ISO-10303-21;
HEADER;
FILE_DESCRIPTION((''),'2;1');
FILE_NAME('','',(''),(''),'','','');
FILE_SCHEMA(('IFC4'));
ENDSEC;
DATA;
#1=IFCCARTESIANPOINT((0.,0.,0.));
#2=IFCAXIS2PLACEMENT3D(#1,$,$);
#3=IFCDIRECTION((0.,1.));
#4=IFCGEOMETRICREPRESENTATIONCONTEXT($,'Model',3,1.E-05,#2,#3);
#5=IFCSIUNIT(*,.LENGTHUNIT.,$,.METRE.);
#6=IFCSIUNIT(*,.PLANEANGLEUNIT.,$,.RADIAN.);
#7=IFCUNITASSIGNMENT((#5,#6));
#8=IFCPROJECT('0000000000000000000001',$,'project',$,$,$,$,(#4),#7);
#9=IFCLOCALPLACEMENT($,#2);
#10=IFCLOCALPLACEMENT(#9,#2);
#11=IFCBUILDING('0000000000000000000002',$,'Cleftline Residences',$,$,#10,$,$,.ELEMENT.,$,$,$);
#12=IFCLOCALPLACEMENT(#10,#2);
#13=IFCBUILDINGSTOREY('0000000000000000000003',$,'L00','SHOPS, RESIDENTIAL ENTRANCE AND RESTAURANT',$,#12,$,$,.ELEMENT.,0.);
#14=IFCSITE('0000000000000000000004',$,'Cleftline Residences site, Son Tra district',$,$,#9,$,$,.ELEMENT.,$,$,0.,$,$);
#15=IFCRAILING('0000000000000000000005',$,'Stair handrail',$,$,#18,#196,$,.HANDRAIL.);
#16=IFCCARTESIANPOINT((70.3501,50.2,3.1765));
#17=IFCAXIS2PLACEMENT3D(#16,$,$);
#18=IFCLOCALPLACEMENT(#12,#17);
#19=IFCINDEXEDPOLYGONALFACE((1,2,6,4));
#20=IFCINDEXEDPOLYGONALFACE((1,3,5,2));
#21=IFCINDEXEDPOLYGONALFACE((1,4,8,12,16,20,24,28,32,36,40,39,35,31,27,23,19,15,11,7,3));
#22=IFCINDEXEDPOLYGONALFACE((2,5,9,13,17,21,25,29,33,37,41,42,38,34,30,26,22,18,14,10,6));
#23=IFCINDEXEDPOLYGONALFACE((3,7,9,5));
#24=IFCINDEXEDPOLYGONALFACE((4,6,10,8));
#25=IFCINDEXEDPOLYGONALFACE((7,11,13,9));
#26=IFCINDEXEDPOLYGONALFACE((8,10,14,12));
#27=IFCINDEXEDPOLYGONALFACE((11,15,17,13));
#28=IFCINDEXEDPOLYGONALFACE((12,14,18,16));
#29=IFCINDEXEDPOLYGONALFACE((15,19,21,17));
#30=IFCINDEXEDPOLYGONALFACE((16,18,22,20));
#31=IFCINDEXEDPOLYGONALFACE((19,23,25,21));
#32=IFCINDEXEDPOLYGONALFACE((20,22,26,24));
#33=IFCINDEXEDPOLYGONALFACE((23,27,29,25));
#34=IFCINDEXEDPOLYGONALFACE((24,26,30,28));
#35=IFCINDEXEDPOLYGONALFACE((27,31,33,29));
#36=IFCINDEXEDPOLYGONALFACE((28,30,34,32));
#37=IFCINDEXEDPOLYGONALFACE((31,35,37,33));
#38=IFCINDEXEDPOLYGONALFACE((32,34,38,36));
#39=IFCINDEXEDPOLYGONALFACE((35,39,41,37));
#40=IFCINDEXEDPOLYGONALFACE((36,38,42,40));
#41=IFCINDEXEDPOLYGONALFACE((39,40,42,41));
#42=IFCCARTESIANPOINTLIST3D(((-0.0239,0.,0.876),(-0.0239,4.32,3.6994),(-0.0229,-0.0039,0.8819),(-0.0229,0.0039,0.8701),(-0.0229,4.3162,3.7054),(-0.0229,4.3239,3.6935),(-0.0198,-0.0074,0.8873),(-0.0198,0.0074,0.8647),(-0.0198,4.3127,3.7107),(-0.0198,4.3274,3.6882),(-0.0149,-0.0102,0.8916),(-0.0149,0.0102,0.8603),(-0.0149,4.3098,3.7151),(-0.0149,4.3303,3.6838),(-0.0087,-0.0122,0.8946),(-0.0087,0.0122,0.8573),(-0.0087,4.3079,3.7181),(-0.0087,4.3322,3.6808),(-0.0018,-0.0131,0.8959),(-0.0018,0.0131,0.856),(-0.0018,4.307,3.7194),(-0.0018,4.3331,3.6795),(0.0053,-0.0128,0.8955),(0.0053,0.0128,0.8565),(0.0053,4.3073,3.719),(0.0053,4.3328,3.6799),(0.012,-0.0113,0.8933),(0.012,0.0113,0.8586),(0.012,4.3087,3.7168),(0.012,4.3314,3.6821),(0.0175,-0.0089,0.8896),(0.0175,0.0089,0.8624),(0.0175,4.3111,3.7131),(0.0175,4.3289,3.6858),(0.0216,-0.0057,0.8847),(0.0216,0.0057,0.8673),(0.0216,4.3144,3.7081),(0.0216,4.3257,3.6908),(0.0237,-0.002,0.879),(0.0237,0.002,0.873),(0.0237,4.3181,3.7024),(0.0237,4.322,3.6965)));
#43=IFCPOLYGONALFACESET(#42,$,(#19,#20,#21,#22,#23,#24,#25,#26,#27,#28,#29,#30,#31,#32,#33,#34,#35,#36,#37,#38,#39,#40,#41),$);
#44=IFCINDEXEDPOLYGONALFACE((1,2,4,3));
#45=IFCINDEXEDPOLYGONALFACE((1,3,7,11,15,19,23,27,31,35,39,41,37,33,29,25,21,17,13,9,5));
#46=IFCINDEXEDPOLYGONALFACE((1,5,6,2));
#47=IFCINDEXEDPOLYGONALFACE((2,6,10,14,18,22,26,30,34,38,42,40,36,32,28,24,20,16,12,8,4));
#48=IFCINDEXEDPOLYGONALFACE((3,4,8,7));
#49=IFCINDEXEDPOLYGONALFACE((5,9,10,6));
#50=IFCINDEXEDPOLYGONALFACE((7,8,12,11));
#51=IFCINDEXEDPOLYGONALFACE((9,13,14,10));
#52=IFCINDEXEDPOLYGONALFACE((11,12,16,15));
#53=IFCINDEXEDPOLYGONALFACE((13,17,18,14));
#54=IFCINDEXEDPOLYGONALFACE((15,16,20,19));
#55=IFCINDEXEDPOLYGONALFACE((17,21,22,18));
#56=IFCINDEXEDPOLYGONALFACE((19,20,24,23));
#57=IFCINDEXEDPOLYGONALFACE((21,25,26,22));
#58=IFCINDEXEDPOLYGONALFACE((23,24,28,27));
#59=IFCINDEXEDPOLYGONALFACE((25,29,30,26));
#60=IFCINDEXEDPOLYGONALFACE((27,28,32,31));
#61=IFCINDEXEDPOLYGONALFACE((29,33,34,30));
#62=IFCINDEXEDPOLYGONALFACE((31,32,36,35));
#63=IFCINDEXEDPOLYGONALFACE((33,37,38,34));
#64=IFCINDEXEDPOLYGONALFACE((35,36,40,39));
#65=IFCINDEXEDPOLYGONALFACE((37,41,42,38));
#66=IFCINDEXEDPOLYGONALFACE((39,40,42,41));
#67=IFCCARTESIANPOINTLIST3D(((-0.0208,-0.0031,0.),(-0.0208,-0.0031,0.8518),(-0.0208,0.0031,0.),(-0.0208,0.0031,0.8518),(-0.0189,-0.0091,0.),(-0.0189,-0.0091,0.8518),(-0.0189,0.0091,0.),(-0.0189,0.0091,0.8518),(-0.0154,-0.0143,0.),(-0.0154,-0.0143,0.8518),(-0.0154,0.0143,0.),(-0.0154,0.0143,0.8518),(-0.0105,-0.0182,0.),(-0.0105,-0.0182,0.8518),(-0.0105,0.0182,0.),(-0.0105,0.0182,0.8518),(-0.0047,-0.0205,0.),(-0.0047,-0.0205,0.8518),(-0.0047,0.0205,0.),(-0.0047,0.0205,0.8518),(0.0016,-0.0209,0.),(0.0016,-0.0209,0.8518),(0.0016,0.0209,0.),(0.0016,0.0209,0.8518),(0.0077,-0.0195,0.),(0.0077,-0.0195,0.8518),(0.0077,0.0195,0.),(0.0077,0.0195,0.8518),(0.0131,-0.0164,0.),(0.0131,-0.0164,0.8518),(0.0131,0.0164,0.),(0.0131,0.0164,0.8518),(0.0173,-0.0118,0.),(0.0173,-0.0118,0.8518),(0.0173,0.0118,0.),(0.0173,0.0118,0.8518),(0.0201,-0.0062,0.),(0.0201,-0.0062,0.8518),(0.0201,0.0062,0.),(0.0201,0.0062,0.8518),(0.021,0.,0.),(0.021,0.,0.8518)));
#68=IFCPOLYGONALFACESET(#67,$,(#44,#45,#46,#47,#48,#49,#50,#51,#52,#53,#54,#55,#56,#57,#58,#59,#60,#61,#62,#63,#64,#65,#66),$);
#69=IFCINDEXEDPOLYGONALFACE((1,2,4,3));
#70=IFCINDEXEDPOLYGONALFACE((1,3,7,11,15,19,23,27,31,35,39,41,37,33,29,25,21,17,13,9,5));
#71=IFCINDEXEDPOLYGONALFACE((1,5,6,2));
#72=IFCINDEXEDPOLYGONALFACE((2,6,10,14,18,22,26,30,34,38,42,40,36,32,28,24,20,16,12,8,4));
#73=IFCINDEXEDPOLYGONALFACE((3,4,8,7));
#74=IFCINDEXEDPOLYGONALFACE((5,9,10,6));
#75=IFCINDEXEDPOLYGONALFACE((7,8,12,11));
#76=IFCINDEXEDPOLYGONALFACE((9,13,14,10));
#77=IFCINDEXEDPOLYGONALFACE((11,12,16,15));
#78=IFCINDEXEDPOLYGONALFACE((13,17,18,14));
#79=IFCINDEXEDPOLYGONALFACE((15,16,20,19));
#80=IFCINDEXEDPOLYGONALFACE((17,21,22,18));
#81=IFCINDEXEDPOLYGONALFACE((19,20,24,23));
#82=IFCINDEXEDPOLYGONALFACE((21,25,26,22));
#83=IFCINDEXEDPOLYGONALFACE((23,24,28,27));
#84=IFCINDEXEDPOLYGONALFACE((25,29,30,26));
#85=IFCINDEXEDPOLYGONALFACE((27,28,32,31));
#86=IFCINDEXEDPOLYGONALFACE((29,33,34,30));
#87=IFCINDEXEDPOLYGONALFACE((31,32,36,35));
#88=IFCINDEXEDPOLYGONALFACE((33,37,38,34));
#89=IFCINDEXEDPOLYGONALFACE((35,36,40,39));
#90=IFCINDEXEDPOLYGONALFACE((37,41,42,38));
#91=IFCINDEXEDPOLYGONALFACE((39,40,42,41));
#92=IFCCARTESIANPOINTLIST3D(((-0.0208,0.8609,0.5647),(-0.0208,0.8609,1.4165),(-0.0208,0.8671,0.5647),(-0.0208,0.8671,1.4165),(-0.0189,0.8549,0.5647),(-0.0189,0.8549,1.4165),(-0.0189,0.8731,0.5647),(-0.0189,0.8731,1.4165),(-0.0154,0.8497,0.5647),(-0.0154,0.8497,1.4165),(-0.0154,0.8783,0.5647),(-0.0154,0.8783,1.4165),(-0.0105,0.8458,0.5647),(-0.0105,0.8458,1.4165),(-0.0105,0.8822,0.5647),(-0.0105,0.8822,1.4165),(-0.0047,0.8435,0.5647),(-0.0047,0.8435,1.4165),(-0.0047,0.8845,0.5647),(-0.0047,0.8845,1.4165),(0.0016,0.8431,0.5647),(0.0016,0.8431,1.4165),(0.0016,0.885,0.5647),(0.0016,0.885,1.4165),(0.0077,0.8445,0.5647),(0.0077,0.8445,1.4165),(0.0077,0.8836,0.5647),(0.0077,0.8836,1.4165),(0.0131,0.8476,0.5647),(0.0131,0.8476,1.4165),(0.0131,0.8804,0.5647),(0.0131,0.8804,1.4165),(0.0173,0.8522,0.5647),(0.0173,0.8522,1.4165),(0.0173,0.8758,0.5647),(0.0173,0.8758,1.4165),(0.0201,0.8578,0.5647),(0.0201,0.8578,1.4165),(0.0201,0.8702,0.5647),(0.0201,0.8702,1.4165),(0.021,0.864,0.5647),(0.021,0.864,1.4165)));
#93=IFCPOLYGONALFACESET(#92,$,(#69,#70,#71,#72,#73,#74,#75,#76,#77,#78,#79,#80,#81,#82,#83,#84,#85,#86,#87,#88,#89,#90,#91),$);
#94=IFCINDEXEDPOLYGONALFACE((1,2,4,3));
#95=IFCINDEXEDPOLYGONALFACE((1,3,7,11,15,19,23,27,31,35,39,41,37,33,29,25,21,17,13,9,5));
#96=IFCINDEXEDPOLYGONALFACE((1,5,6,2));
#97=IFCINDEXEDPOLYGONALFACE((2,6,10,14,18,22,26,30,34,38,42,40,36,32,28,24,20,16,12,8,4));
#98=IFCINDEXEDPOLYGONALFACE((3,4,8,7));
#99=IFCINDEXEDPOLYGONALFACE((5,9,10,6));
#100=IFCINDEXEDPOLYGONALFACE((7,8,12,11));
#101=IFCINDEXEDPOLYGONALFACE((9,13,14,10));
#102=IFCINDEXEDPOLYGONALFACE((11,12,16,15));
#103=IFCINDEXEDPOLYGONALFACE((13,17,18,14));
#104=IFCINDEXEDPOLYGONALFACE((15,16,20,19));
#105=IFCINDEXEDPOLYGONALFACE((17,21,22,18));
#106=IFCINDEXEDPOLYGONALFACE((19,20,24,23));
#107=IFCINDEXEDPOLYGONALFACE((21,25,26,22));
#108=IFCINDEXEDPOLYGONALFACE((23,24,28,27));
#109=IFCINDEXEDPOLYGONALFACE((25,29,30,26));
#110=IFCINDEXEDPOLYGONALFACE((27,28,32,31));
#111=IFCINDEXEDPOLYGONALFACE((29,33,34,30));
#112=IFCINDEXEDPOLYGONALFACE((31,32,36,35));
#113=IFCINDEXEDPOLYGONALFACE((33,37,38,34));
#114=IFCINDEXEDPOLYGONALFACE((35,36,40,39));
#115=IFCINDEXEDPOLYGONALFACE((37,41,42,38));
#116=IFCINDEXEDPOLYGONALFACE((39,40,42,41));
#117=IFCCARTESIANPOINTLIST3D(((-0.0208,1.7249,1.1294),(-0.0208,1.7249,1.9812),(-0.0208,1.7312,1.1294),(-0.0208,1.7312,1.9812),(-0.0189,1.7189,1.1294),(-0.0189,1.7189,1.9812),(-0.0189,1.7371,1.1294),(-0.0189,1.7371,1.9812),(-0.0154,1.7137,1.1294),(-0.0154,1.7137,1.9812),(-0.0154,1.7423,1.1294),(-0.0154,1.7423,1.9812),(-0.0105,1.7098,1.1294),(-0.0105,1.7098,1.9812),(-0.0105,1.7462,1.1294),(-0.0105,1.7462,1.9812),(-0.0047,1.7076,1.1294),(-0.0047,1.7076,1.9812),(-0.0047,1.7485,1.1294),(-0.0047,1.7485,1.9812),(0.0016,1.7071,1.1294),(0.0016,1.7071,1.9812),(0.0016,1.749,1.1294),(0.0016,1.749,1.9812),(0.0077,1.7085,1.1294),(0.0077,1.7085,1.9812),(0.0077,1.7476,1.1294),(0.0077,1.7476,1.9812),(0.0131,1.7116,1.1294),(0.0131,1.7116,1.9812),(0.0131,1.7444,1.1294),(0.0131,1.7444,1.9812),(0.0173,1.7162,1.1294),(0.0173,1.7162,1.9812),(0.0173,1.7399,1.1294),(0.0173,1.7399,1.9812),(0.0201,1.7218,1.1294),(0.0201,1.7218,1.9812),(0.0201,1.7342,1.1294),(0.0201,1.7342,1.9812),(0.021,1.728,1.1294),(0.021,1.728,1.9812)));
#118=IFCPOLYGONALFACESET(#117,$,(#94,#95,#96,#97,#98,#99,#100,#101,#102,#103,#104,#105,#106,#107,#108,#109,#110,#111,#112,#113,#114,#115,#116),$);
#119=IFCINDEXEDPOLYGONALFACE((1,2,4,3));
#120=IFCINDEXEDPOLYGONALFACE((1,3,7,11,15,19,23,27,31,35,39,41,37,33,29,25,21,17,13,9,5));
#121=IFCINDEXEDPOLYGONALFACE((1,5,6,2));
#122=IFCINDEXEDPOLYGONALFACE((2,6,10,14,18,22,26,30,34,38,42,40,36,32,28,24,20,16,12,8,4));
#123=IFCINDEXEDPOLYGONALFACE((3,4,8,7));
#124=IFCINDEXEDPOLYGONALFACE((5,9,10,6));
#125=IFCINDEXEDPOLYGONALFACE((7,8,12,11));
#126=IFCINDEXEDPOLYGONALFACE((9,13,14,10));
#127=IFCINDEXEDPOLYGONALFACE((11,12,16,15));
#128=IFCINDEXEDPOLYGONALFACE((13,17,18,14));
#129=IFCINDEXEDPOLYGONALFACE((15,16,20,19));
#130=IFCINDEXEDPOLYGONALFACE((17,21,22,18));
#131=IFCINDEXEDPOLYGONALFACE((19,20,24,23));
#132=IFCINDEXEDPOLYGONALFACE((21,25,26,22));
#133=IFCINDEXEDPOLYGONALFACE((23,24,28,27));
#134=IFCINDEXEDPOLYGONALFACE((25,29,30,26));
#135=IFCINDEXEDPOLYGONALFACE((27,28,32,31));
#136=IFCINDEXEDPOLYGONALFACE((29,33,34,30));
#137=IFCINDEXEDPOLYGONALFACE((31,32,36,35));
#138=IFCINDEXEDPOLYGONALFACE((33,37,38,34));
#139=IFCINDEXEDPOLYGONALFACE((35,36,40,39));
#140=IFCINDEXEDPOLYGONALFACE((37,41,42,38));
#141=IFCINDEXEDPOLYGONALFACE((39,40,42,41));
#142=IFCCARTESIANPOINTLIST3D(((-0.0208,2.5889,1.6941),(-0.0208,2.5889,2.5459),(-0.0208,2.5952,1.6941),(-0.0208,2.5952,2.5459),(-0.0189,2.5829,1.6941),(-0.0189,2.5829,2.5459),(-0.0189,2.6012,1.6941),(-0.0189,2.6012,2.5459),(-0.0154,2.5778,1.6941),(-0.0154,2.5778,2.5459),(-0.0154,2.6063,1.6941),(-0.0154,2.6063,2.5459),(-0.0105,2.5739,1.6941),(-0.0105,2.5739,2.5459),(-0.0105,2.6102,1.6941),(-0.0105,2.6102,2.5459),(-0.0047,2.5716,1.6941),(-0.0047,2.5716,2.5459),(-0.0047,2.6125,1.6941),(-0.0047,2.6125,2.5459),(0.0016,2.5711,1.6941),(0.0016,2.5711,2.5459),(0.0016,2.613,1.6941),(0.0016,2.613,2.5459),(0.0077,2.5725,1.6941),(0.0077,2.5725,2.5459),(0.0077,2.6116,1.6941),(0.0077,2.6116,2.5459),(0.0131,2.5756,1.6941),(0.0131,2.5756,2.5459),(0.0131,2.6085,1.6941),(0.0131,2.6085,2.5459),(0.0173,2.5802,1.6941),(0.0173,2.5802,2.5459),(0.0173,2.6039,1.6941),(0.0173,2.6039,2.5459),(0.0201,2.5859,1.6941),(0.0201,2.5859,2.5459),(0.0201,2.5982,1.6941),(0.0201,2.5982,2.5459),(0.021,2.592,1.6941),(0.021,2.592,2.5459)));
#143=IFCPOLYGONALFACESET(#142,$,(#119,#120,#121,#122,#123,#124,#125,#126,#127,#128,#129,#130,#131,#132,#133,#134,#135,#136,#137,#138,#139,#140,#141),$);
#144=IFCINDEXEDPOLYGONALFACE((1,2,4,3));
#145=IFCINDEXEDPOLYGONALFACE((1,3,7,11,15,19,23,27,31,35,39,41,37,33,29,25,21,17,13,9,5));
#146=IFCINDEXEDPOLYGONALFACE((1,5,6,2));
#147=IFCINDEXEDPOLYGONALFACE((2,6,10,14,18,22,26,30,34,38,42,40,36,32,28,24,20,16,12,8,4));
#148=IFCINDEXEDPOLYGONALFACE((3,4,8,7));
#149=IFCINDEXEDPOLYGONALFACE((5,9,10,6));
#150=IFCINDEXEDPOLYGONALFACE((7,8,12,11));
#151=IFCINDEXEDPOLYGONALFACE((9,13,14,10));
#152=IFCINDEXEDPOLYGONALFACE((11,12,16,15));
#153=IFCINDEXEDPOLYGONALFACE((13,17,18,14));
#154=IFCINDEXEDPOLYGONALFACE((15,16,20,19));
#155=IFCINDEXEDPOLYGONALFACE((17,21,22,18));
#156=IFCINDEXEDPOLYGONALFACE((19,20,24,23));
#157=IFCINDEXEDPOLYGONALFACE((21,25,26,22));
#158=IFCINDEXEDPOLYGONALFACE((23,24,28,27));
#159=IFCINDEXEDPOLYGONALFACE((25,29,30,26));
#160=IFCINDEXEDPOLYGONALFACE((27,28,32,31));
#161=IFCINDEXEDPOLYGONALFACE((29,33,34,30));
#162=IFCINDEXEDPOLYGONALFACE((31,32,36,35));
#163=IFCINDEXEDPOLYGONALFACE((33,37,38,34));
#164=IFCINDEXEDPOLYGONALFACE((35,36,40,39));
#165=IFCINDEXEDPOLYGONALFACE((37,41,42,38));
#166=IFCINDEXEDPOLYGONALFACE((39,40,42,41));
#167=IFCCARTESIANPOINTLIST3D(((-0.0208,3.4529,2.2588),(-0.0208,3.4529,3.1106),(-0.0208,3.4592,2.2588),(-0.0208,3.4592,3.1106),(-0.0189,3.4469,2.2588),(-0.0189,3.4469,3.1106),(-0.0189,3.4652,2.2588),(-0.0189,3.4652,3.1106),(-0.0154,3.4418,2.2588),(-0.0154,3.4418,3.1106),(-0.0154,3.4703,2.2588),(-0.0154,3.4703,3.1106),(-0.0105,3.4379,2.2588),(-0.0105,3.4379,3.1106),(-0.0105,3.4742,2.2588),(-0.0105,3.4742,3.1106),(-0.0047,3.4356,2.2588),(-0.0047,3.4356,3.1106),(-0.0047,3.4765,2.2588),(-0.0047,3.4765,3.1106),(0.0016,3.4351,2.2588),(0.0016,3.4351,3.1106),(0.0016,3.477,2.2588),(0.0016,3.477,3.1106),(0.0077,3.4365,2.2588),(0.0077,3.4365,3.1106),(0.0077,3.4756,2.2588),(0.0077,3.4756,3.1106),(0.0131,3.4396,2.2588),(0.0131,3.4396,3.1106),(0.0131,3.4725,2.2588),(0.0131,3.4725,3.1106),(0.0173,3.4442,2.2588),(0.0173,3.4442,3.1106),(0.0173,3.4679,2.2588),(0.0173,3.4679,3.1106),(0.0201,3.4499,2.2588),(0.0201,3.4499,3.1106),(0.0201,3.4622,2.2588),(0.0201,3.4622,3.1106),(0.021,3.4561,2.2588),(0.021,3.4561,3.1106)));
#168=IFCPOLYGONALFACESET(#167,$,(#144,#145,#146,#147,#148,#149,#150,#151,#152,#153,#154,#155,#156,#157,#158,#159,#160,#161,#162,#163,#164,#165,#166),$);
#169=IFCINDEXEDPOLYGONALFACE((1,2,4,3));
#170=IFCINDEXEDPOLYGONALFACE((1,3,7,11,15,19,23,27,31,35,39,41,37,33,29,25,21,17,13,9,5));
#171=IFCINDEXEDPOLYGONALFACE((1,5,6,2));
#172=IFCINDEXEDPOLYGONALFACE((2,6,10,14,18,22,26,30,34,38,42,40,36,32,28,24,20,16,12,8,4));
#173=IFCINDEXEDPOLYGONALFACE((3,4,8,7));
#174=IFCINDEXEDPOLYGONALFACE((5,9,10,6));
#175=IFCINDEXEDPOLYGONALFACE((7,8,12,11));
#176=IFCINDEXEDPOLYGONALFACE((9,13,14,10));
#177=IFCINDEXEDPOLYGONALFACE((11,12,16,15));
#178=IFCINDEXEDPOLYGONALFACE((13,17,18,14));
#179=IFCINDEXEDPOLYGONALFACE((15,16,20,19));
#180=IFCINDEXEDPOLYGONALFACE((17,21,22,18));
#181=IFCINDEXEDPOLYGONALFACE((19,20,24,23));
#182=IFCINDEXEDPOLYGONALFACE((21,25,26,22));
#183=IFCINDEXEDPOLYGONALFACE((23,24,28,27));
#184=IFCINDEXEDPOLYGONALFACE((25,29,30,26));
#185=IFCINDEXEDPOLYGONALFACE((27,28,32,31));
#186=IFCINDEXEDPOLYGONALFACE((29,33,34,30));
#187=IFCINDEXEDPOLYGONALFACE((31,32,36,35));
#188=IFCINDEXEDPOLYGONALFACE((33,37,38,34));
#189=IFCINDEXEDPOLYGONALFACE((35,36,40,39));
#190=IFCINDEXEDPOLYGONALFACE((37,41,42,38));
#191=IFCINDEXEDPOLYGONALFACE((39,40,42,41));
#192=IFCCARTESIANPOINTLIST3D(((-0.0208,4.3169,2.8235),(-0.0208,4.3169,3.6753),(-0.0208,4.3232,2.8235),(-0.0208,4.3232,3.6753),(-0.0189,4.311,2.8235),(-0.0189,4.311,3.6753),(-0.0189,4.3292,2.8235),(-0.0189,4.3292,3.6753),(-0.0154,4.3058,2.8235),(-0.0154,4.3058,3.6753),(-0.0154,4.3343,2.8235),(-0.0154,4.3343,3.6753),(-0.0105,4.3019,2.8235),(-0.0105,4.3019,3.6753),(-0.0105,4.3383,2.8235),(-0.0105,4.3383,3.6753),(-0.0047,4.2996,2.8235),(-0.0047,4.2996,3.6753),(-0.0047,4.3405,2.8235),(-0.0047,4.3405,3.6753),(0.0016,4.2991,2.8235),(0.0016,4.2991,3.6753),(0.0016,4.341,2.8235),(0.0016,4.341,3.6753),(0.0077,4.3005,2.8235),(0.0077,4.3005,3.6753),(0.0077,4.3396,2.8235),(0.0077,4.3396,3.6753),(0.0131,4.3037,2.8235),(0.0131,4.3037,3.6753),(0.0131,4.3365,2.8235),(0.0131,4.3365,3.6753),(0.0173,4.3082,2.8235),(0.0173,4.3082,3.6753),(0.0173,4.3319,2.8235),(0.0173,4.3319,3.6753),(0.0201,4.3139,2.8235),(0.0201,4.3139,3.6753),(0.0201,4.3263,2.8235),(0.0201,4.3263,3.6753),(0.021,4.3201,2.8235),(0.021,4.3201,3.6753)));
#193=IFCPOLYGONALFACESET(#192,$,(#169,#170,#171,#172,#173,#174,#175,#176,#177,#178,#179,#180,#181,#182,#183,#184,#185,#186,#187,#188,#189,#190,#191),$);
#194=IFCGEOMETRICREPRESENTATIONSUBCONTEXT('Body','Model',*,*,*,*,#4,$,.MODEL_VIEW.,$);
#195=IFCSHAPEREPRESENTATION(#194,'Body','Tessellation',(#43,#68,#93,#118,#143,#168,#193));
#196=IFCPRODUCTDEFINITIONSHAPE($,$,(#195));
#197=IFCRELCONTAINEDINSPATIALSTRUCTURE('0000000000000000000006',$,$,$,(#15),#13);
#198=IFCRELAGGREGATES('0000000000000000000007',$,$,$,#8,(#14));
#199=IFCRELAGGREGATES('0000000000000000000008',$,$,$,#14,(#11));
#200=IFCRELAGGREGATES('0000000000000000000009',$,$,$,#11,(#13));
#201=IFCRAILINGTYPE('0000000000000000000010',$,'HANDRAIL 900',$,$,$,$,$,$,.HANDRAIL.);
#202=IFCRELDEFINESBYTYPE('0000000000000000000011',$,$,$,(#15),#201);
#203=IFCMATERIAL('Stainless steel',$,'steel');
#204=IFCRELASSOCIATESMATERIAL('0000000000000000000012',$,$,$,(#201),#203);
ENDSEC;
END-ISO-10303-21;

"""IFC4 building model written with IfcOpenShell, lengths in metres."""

from ifc_helpers import new_model, si_unit, direction, frame, origin, origin_2d, place, context, subcontext, project, spatial, circle, extrude, material, type_object, element, save


model = new_model("IFC4")

# Units and contexts
model_context = context("Model", 3, precision=1e-05, world=origin(), true_north=direction((0.0, 1.0)))
body_context = subcontext(model_context, "Body", "Model", "MODEL_VIEW")
ifc_project = project(units=[si_unit("LENGTHUNIT", "METRE"), si_unit("PLANEANGLEUNIT", "RADIAN")], contexts=[model_context])

# Site, building, storey
site_placement = place(None, origin())
site = spatial("IfcSite", under=ifc_project, at=site_placement, Name="Cleftline Residences site, Son Tra district", CompositionType="ELEMENT", RefElevation=0.0)
building_placement = place(site_placement, origin())
building = spatial("IfcBuilding", under=site, at=building_placement, Name="Cleftline Residences", CompositionType="ELEMENT")
storey_placement = place(building_placement, origin())
storey = spatial("IfcBuildingStorey", under=building, at=storey_placement, Name="L00", Description="SHOPS, RESIDENTIAL ENTRANCE AND RESTAURANT", CompositionType="ELEMENT", Elevation=0.0)

# Railing
ifc_material_1 = material(Name="Stainless steel", Category="steel")
railing_type = type_object("IfcRailingType", Name="HANDRAIL 900", PredefinedType="HANDRAIL", material=ifc_material_1)
railing_1_placement = place(storey_placement, frame((70.3501, 50.2, 3.1765)))
element("IfcRailing", 1, at=railing_1_placement, inside=storey, type_object=railing_type, Name="Stair handrail", PredefinedType="HANDRAIL", context=body_context, shape_type="SweptSolid", body=[
    extrude(circle(Radius=0.0239, at=origin_2d()), frame((0.0, 0.0, 0.876), z_axis=(0.0, 0.837074, 0.54709), x_axis=(-1.0, 0.0, 0.0)), (0.0, 0.0, 1.0), 5.1609),
    extrude(circle(Radius=0.021, at=origin_2d()), origin(), (0.0, 0.0, 1.0), 0.8518),
    extrude(circle(Radius=0.021, at=origin_2d()), frame((0.0, 0.864, 0.5647)), (0.0, 0.0, 1.0), 0.8518),
    extrude(circle(Radius=0.021, at=origin_2d()), frame((0.0, 1.728, 1.1294)), (0.0, 0.0, 1.0), 0.8518),
    extrude(circle(Radius=0.021, at=origin_2d()), frame((0.0, 2.592, 1.6941)), (0.0, 0.0, 1.0), 0.8518),
    extrude(circle(Radius=0.021, at=origin_2d()), frame((0.0, 3.4561, 2.2588)), (0.0, 0.0, 1.0), 0.8518),
    extrude(circle(Radius=0.021, at=origin_2d()), frame((0.0, 4.3201, 2.8235)), (0.0, 0.0, 1.0), 0.8518),
])

save(model, "model.ifc")
